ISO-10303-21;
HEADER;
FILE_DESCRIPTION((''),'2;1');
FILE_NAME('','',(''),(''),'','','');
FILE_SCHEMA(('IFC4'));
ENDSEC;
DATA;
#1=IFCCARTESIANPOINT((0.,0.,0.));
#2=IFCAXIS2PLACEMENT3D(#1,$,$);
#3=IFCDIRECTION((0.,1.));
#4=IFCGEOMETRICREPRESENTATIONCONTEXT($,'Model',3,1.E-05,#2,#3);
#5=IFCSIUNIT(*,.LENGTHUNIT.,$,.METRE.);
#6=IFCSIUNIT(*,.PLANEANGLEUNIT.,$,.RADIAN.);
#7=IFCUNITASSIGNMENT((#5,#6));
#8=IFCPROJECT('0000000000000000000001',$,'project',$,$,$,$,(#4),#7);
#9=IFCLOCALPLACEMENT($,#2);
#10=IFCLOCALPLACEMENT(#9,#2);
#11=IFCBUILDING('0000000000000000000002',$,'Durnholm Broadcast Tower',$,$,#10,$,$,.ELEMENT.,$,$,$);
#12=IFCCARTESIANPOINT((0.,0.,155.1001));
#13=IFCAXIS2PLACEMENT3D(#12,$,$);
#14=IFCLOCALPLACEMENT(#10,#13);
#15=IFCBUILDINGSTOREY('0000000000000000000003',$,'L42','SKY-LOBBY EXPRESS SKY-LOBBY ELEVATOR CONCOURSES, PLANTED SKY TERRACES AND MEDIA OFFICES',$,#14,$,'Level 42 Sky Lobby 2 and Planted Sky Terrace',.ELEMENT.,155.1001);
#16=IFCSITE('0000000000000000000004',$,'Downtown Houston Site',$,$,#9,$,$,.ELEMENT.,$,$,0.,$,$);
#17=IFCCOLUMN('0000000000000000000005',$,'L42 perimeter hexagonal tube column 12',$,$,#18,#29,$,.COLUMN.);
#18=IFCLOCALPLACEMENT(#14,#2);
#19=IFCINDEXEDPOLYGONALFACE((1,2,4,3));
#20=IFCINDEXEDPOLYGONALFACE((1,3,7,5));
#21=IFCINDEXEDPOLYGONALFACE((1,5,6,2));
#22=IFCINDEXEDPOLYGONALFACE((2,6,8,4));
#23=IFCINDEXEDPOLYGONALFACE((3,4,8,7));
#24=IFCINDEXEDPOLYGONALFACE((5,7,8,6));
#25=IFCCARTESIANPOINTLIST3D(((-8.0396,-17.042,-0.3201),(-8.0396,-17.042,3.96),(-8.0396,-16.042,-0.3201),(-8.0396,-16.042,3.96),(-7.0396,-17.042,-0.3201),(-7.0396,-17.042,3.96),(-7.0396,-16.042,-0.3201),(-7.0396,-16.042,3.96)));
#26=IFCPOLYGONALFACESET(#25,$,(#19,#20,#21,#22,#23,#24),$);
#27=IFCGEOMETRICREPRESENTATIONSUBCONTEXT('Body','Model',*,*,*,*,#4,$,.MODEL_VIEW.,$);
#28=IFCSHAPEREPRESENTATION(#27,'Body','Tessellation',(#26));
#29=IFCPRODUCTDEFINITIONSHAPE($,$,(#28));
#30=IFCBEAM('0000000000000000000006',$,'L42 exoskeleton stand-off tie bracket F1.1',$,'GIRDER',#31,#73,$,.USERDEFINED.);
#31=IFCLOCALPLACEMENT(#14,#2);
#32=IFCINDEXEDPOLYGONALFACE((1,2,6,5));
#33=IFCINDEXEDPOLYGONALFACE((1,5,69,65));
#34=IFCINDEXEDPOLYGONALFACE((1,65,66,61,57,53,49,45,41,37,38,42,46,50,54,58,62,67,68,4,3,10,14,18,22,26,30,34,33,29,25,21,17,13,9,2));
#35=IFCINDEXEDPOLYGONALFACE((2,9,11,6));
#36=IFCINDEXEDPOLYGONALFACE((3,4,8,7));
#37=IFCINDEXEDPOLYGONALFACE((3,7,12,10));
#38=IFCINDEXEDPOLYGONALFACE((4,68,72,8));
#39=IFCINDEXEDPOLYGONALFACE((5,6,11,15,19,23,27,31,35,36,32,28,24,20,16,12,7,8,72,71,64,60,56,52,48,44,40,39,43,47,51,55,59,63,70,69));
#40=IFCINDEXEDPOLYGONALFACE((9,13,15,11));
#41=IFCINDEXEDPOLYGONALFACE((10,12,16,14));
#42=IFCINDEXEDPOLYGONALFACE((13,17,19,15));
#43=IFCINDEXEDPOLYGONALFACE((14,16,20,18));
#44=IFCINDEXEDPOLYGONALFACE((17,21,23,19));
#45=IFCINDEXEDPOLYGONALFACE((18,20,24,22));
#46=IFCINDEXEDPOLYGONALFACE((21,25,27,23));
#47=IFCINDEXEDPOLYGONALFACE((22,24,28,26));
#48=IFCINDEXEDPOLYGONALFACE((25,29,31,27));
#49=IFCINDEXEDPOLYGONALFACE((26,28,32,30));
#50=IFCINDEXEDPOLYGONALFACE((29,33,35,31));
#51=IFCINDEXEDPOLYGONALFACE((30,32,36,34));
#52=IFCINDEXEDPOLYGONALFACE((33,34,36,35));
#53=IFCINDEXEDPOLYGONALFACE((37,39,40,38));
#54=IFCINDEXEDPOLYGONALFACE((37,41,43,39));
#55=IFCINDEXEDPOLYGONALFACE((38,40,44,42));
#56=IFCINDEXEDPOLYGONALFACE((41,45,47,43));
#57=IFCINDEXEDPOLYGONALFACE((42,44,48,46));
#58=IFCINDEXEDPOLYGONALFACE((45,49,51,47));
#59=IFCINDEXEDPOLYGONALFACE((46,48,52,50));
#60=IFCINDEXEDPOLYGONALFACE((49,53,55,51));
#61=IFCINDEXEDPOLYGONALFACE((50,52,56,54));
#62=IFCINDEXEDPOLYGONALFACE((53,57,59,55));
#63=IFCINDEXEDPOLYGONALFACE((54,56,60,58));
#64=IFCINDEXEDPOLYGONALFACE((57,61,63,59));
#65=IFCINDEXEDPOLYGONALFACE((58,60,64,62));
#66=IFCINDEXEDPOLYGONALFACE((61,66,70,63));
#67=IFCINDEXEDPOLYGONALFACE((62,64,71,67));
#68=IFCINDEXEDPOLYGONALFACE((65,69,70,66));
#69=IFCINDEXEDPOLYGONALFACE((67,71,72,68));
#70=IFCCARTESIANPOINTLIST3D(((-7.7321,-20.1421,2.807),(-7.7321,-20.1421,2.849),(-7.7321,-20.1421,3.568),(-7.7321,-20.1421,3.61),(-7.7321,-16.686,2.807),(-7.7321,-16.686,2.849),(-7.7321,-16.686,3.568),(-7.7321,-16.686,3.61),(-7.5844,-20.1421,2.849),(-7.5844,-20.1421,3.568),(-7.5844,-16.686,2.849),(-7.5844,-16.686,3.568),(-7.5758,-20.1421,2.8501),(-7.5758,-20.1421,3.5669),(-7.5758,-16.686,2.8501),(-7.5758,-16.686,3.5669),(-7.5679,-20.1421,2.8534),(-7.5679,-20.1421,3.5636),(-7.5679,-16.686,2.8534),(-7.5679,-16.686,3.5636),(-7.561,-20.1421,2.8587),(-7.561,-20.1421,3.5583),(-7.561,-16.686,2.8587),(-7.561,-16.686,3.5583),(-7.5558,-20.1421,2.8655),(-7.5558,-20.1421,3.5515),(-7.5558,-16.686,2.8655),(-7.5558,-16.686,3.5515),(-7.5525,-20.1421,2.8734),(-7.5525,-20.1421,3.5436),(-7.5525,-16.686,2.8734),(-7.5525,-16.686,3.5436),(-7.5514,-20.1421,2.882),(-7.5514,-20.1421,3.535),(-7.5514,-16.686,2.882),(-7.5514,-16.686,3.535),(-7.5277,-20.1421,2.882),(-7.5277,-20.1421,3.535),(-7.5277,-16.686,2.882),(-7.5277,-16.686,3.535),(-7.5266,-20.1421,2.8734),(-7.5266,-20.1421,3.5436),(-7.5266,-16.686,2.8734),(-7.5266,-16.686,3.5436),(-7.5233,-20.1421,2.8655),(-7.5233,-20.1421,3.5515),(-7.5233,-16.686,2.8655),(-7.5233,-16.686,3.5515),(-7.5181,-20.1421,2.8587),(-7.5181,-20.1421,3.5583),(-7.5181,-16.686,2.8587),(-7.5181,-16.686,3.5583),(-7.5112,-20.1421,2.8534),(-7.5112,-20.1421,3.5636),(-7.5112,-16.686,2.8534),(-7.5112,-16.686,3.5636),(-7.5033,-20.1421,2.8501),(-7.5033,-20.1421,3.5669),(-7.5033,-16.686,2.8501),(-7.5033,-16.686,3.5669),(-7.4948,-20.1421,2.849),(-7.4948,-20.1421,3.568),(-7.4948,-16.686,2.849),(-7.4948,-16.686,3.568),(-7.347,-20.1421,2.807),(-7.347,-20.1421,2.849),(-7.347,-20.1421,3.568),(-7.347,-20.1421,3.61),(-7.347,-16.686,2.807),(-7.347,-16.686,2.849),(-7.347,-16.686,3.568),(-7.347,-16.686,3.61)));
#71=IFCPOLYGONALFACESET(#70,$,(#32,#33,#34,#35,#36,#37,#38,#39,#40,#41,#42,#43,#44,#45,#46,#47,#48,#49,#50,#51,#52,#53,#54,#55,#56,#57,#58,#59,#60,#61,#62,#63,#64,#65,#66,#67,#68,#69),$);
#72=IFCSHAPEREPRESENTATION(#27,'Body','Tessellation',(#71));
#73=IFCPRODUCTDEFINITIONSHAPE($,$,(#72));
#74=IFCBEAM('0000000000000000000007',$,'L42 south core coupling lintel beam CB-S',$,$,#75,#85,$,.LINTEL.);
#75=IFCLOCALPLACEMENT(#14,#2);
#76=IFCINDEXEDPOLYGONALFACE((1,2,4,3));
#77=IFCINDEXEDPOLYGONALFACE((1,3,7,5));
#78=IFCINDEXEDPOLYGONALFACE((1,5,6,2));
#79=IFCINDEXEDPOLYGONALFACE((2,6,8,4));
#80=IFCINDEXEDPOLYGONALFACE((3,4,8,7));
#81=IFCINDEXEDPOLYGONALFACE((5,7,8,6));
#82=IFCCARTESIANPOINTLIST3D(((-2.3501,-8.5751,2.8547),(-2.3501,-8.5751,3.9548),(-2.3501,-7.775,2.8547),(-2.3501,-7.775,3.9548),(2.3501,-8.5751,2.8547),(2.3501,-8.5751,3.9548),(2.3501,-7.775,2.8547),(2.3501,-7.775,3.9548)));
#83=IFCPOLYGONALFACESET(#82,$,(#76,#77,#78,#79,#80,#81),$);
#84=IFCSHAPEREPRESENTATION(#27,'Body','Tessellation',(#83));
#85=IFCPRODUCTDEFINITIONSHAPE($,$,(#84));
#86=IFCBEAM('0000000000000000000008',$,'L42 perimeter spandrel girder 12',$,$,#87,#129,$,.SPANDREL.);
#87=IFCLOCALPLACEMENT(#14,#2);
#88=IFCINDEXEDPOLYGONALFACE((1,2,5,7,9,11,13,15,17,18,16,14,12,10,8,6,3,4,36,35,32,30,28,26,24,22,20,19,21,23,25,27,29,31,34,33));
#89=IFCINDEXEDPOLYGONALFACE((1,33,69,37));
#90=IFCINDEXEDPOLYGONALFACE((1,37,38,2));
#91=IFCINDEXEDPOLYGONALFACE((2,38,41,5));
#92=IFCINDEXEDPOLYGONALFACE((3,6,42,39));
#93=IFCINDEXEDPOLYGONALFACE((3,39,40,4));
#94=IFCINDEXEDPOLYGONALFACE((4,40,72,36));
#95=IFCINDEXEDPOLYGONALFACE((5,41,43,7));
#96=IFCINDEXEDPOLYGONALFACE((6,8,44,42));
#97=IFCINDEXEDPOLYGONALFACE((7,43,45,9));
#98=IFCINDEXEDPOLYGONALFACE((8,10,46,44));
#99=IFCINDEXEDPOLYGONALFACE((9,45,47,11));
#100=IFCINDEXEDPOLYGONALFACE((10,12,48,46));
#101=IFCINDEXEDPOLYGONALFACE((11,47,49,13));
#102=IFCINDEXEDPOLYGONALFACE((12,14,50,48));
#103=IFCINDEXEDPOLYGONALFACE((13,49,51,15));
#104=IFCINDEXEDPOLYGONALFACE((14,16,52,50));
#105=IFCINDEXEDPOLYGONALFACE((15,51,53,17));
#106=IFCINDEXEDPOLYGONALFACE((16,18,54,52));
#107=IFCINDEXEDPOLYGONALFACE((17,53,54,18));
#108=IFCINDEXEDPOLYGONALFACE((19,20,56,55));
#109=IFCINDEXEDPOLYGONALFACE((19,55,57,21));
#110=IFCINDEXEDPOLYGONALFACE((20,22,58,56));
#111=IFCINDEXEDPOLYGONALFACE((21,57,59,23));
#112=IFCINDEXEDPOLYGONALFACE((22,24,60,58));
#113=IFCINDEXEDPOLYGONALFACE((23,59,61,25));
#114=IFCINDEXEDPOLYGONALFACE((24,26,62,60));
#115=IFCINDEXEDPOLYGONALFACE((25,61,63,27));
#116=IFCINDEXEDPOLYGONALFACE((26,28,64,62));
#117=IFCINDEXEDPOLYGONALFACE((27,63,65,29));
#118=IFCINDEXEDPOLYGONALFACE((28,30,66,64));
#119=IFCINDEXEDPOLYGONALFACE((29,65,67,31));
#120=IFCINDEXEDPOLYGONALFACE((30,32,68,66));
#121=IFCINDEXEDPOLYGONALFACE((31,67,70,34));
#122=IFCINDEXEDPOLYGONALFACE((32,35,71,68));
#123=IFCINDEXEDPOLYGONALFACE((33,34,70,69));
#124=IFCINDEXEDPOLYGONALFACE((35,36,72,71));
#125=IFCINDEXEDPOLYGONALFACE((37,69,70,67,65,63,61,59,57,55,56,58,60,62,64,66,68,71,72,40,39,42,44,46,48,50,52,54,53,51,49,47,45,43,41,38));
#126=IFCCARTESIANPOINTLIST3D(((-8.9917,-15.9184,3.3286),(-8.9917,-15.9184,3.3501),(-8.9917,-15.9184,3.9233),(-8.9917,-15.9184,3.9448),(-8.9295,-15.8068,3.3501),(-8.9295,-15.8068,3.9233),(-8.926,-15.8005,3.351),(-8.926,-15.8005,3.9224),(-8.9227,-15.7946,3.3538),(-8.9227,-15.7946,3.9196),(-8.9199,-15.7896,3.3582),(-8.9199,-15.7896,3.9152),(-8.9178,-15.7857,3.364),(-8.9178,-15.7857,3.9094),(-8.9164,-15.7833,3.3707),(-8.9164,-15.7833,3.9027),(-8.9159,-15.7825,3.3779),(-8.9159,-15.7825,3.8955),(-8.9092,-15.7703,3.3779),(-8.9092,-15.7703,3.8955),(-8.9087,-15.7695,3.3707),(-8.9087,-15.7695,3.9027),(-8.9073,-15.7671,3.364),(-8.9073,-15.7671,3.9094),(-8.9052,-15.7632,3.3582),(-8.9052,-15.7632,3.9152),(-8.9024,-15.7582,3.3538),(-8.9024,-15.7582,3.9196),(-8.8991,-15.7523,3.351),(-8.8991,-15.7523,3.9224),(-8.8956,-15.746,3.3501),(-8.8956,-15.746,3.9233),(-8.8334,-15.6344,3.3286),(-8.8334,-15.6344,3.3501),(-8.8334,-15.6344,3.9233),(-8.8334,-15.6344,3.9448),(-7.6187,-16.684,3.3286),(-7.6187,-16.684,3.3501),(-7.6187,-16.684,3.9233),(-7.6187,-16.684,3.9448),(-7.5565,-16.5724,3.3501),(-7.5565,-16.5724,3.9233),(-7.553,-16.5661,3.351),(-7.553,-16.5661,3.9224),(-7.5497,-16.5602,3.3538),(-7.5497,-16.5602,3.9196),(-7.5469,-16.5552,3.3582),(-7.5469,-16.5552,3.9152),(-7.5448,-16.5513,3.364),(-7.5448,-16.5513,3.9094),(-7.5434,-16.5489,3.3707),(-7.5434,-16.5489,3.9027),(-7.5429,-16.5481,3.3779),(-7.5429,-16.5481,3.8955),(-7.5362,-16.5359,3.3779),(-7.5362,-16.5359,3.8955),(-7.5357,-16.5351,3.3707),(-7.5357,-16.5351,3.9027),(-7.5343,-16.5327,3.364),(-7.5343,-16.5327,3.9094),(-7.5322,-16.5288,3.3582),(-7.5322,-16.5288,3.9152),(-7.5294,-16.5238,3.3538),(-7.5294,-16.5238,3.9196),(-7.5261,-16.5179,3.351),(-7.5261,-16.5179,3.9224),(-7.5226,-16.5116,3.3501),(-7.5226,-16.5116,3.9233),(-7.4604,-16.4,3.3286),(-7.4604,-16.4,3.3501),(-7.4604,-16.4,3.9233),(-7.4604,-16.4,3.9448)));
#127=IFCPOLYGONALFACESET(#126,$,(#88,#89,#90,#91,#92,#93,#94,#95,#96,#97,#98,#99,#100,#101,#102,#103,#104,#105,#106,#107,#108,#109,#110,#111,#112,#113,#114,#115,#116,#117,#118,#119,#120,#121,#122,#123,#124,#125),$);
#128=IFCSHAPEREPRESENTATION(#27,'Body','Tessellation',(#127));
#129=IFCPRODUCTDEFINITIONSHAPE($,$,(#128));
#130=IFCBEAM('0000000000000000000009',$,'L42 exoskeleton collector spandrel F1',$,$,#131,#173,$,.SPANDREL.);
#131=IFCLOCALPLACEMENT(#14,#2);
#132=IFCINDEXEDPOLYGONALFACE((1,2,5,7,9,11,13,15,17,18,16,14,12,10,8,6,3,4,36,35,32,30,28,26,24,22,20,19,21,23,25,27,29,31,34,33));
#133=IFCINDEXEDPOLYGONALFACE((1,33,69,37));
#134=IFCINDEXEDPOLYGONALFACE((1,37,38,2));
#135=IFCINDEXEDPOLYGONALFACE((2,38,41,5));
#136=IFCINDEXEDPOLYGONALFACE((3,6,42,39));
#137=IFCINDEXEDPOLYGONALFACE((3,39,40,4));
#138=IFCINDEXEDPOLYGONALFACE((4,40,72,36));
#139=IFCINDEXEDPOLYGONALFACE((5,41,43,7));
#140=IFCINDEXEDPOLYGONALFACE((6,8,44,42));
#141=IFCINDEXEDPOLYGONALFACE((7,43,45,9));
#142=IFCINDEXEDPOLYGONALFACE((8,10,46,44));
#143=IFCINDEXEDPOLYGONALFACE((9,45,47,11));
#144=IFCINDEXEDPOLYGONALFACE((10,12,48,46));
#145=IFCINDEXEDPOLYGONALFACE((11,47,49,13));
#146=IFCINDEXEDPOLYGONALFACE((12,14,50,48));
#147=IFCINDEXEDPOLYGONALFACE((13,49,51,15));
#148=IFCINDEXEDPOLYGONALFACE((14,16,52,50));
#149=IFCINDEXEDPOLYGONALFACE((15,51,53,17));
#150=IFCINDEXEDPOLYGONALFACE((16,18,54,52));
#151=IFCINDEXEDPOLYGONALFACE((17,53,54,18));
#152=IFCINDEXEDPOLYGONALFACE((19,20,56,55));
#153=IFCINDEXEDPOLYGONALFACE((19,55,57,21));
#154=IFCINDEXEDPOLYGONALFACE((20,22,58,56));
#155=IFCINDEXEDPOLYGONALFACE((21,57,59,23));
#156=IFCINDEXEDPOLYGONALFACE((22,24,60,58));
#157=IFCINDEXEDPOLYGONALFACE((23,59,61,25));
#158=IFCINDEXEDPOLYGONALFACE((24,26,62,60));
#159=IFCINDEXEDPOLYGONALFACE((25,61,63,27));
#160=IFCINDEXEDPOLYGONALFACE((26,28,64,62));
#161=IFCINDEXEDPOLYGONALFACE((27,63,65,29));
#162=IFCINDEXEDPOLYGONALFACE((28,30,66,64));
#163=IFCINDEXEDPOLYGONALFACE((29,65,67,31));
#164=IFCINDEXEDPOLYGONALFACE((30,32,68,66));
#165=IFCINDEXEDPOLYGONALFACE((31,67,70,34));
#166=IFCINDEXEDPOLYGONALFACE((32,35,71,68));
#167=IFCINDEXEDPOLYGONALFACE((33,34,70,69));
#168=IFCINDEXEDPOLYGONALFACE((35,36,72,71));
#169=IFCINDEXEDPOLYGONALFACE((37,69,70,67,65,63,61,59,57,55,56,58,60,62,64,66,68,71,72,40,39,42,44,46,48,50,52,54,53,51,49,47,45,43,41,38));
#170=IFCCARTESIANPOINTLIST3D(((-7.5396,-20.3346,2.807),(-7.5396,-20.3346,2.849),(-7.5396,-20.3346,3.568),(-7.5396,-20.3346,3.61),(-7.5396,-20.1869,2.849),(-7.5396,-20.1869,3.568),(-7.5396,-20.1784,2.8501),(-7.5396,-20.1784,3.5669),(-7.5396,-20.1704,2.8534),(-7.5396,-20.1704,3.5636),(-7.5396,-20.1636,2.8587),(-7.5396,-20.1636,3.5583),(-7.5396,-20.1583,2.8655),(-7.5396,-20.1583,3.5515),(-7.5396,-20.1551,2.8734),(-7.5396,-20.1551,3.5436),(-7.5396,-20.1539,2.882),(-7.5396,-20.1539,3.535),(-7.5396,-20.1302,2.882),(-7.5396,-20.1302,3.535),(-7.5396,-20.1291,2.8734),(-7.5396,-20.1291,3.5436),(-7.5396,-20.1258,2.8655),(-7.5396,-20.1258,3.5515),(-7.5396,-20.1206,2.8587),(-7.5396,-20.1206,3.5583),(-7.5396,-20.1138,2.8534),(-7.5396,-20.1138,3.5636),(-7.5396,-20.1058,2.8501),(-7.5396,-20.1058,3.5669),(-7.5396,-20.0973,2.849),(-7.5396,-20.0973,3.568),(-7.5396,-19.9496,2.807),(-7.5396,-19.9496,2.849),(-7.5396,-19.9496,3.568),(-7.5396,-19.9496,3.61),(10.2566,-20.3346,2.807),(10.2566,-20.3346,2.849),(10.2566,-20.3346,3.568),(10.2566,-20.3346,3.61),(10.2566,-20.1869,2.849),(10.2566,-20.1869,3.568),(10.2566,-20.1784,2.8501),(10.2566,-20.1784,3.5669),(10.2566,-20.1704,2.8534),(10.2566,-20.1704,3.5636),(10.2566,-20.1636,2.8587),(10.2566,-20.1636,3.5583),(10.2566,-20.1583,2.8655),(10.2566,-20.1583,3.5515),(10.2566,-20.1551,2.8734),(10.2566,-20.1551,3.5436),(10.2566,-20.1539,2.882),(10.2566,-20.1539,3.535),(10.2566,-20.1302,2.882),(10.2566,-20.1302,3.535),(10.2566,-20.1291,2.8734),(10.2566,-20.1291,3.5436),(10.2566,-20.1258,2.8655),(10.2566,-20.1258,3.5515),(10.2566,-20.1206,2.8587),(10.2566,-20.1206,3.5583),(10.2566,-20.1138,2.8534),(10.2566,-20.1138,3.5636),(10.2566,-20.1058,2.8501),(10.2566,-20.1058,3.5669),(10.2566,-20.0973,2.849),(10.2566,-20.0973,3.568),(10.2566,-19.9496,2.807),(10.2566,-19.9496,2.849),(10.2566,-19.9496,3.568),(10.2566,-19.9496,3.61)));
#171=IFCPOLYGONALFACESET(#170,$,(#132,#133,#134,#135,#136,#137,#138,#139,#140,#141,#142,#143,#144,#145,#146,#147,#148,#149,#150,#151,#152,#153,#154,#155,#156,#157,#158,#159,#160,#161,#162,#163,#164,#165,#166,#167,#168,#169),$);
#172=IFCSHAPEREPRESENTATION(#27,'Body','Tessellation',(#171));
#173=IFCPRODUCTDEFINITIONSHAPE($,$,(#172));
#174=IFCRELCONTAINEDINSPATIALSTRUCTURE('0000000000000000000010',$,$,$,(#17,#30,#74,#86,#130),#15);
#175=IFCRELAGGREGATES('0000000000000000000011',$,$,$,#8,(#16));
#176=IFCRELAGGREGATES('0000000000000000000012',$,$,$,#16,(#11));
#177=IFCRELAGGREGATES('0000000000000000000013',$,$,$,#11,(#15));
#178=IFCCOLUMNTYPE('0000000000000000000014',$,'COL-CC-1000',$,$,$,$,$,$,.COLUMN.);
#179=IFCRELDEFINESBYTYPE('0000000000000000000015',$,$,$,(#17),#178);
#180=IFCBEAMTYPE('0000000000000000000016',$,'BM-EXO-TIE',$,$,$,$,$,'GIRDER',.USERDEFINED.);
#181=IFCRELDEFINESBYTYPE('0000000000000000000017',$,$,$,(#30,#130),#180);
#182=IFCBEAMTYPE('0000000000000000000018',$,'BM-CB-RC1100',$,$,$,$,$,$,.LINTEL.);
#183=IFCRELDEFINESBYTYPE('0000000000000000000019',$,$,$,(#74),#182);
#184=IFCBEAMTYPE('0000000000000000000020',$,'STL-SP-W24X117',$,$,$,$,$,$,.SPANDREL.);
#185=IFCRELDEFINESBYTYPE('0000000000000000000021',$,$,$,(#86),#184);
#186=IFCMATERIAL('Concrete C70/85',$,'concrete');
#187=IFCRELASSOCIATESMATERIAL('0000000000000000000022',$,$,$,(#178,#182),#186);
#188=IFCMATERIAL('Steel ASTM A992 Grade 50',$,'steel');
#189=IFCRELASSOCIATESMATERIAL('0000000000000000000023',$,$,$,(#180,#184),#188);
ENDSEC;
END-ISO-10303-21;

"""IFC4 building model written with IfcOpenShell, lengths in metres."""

from ifc_helpers import new_model, si_unit, direction, frame, origin, origin_2d, place, context, subcontext, project, spatial, rectangle, i_section, extrude, source, transform, mapped, material, material_profile, profile_set, type_object, type_shapes, element, save


model = new_model("IFC4")

# Units and contexts
model_context = context("Model", 3, precision=1e-05, world=origin(), true_north=direction((0.0, 1.0)))
body_context = subcontext(model_context, "Body", "Model", "MODEL_VIEW")
ifc_project = project(units=[si_unit("LENGTHUNIT", "METRE"), si_unit("PLANEANGLEUNIT", "RADIAN")], contexts=[model_context])

# Site, building, storey
site_placement = place(None, origin())
site = spatial("IfcSite", under=ifc_project, at=site_placement, Name="Downtown Houston Site", CompositionType="ELEMENT", RefElevation=0.0)
building_placement = place(site_placement, origin())
building = spatial("IfcBuilding", under=site, at=building_placement, Name="Durnholm Broadcast Tower", CompositionType="ELEMENT")
storey_placement = place(building_placement, frame((0.0, 0.0, 155.1001)))
storey = spatial("IfcBuildingStorey", under=building, at=storey_placement, Name="L42", Description="SKY-LOBBY EXPRESS SKY-LOBBY ELEVATOR CONCOURSES, PLANTED SKY TERRACES AND MEDIA OFFICES", LongName="Level 42 Sky Lobby 2 and Planted Sky Terrace", CompositionType="ELEMENT", Elevation=155.1001)

# Column
ifc_material_1 = material(Name="Concrete C70/85", Category="concrete")
ifc_material_profile_1 = material_profile(ifc_material_1, rectangle(XDim=1.0, YDim=1.0, at=origin_2d()), Name="RC1000X1000")
ifc_profile_set_1 = profile_set([ifc_material_profile_1], Name="Concrete C70/85")
column_type = type_object("IfcColumnType", Name="COL-CC-1000", PredefinedType="COLUMN", material=ifc_profile_set_1)
shared_shape_1 = source(origin(), body_context, "Body", "SweptSolid", [
    extrude(rectangle(XDim=1.0, YDim=1.0, at=origin_2d()), origin(), (0.0, 0.0, 1.0), 4.28),
])
type_shapes(column_type, [shared_shape_1])
column_placement = place(storey_placement, frame((-7.5396, -16.542, -0.3201), z_axis=(0.0, 0.0, 1.0), x_axis=(1.0, 0.0, 0.0)))
element("IfcColumn", 1, at=column_placement, inside=storey, type_object=column_type, Name="L42 perimeter hexagonal tube column 12", PredefinedType="COLUMN", context=body_context, shape_type="MappedRepresentation", body=[
    mapped(shared_shape_1, transform((0.0, 0.0, 0.0), x_axis=(1.0, 0.0, 0.0), y_axis=(0.0, 1.0, 0.0), z_axis=(0.0, 0.0, 1.0), scale=1.0)),
])

# Beams
ifc_material_2 = material(Name="Steel ASTM A992 Grade 50", Category="steel")
ifc_material_profile_2 = material_profile(ifc_material_2, i_section(OverallWidth=0.385, OverallDepth=0.803, WebThickness=0.0237, FlangeThickness=0.042, FilletRadius=0.033, at=origin_2d()), Name="W30X261")
ifc_profile_set_2 = profile_set([ifc_material_profile_2], Name="Steel ASTM A992 Grade 50")
beam_type_1 = type_object("IfcBeamType", Name="BM-EXO-TIE", ElementType="GIRDER", PredefinedType="USERDEFINED", material=ifc_profile_set_2)
shared_shape_2 = source(origin(), body_context, "Body", "SweptSolid", [
    extrude(i_section(OverallWidth=0.385, OverallDepth=0.803, WebThickness=0.0237, FlangeThickness=0.042, FilletRadius=0.033, at=origin_2d()), origin(), (0.0, 0.0, 1.0), 3.4561),
])
beam_1_placement = place(storey_placement, frame((-7.5396, -16.686, 3.2085), z_axis=(0.0, -1.0, 0.0), x_axis=(1.0, 0.0, 0.0)))
element("IfcBeam", 2, at=beam_1_placement, inside=storey, type_object=beam_type_1, Name="L42 exoskeleton stand-off tie bracket F1.1", ObjectType="GIRDER", PredefinedType="USERDEFINED", context=body_context, shape_type="MappedRepresentation", body=[
    mapped(shared_shape_2, transform((0.0, 0.0, 0.0), x_axis=(1.0, 0.0, 0.0), y_axis=(0.0, 1.0, 0.0), z_axis=(0.0, 0.0, 1.0), scale=1.0)),
])
ifc_material_profile_3 = material_profile(ifc_material_1, rectangle(XDim=0.8, YDim=1.1001, at=origin_2d()), Name="RC800X1100")
ifc_profile_set_3 = profile_set([ifc_material_profile_3], Name="Concrete C70/85")
beam_type_2 = type_object("IfcBeamType", Name="BM-CB-RC1100", PredefinedType="LINTEL", material=ifc_profile_set_3)
shared_shape_3 = source(origin(), body_context, "Body", "SweptSolid", [
    extrude(rectangle(XDim=0.8, YDim=1.1001, at=origin_2d()), origin(), (0.0, 0.0, 1.0), 4.7002),
])
type_shapes(beam_type_2, [shared_shape_3])
beam_2_placement = place(storey_placement, frame((-2.3501, -8.175, 3.4048), z_axis=(1.0, 0.0, 0.0), x_axis=(0.0, 1.0, 0.0)))
element("IfcBeam", 3, at=beam_2_placement, inside=storey, type_object=beam_type_2, Name="L42 south core coupling lintel beam CB-S", PredefinedType="LINTEL", context=body_context, shape_type="MappedRepresentation", body=[
    mapped(shared_shape_3, transform((0.0, 0.0, 0.0), x_axis=(1.0, 0.0, 0.0), y_axis=(0.0, 1.0, 0.0), z_axis=(0.0, 0.0, 1.0), scale=1.0)),
])
ifc_material_profile_4 = material_profile(ifc_material_2, i_section(OverallWidth=0.3252, OverallDepth=0.6162, WebThickness=0.0139, FlangeThickness=0.0215, FilletRadius=0.0278, at=origin_2d()), Name="W24X117")
ifc_profile_set_4 = profile_set([ifc_material_profile_4], Name="Steel ASTM A992 Grade 50")
beam_type_3 = type_object("IfcBeamType", Name="STL-SP-W24X117", PredefinedType="SPANDREL", material=ifc_profile_set_4)
shared_shape_4 = source(origin(), body_context, "Body", "SweptSolid", [
    extrude(i_section(OverallWidth=0.3252, OverallDepth=0.6162, WebThickness=0.0139, FlangeThickness=0.0215, FilletRadius=0.0278, at=origin_2d()), origin(), (0.0, 0.0, 1.0), 1.572),
])
type_shapes(beam_type_3, [shared_shape_4])
beam_3_placement = place(storey_placement, frame((-7.5396, -16.542, 3.6367), z_axis=(-0.873394, 0.487014, 0.0), x_axis=(-0.487014, -0.873394, 0.0)))
element("IfcBeam", 4, at=beam_3_placement, inside=storey, type_object=beam_type_3, Name="L42 perimeter spandrel girder 12", PredefinedType="SPANDREL", context=body_context, shape_type="MappedRepresentation", body=[
    mapped(shared_shape_4, transform((0.0, 0.0, 0.0), x_axis=(1.0, 0.0, 0.0), y_axis=(0.0, 1.0, 0.0), z_axis=(0.0, 0.0, 1.0), scale=1.0)),
])
shared_shape_5 = source(origin(), body_context, "Body", "SweptSolid", [
    extrude(i_section(OverallWidth=0.385, OverallDepth=0.803, WebThickness=0.0237, FlangeThickness=0.042, FilletRadius=0.033, at=origin_2d()), origin(), (0.0, 0.0, 1.0), 17.7961),
])
type_shapes(beam_type_1, [shared_shape_2, shared_shape_5])
beam_4_placement = place(storey_placement, frame((-7.5396, -20.1421, 3.2085), z_axis=(1.0, 0.0, 0.0), x_axis=(0.0, 1.0, 0.0)))
element("IfcBeam", 5, at=beam_4_placement, inside=storey, type_object=beam_type_1, Name="L42 exoskeleton collector spandrel F1", PredefinedType="SPANDREL", context=body_context, shape_type="MappedRepresentation", body=[
    mapped(shared_shape_5, transform((0.0, 0.0, 0.0), x_axis=(1.0, 0.0, 0.0), y_axis=(0.0, 1.0, 0.0), z_axis=(0.0, 0.0, 1.0), scale=1.0)),
])

save(model, "model.ifc")
